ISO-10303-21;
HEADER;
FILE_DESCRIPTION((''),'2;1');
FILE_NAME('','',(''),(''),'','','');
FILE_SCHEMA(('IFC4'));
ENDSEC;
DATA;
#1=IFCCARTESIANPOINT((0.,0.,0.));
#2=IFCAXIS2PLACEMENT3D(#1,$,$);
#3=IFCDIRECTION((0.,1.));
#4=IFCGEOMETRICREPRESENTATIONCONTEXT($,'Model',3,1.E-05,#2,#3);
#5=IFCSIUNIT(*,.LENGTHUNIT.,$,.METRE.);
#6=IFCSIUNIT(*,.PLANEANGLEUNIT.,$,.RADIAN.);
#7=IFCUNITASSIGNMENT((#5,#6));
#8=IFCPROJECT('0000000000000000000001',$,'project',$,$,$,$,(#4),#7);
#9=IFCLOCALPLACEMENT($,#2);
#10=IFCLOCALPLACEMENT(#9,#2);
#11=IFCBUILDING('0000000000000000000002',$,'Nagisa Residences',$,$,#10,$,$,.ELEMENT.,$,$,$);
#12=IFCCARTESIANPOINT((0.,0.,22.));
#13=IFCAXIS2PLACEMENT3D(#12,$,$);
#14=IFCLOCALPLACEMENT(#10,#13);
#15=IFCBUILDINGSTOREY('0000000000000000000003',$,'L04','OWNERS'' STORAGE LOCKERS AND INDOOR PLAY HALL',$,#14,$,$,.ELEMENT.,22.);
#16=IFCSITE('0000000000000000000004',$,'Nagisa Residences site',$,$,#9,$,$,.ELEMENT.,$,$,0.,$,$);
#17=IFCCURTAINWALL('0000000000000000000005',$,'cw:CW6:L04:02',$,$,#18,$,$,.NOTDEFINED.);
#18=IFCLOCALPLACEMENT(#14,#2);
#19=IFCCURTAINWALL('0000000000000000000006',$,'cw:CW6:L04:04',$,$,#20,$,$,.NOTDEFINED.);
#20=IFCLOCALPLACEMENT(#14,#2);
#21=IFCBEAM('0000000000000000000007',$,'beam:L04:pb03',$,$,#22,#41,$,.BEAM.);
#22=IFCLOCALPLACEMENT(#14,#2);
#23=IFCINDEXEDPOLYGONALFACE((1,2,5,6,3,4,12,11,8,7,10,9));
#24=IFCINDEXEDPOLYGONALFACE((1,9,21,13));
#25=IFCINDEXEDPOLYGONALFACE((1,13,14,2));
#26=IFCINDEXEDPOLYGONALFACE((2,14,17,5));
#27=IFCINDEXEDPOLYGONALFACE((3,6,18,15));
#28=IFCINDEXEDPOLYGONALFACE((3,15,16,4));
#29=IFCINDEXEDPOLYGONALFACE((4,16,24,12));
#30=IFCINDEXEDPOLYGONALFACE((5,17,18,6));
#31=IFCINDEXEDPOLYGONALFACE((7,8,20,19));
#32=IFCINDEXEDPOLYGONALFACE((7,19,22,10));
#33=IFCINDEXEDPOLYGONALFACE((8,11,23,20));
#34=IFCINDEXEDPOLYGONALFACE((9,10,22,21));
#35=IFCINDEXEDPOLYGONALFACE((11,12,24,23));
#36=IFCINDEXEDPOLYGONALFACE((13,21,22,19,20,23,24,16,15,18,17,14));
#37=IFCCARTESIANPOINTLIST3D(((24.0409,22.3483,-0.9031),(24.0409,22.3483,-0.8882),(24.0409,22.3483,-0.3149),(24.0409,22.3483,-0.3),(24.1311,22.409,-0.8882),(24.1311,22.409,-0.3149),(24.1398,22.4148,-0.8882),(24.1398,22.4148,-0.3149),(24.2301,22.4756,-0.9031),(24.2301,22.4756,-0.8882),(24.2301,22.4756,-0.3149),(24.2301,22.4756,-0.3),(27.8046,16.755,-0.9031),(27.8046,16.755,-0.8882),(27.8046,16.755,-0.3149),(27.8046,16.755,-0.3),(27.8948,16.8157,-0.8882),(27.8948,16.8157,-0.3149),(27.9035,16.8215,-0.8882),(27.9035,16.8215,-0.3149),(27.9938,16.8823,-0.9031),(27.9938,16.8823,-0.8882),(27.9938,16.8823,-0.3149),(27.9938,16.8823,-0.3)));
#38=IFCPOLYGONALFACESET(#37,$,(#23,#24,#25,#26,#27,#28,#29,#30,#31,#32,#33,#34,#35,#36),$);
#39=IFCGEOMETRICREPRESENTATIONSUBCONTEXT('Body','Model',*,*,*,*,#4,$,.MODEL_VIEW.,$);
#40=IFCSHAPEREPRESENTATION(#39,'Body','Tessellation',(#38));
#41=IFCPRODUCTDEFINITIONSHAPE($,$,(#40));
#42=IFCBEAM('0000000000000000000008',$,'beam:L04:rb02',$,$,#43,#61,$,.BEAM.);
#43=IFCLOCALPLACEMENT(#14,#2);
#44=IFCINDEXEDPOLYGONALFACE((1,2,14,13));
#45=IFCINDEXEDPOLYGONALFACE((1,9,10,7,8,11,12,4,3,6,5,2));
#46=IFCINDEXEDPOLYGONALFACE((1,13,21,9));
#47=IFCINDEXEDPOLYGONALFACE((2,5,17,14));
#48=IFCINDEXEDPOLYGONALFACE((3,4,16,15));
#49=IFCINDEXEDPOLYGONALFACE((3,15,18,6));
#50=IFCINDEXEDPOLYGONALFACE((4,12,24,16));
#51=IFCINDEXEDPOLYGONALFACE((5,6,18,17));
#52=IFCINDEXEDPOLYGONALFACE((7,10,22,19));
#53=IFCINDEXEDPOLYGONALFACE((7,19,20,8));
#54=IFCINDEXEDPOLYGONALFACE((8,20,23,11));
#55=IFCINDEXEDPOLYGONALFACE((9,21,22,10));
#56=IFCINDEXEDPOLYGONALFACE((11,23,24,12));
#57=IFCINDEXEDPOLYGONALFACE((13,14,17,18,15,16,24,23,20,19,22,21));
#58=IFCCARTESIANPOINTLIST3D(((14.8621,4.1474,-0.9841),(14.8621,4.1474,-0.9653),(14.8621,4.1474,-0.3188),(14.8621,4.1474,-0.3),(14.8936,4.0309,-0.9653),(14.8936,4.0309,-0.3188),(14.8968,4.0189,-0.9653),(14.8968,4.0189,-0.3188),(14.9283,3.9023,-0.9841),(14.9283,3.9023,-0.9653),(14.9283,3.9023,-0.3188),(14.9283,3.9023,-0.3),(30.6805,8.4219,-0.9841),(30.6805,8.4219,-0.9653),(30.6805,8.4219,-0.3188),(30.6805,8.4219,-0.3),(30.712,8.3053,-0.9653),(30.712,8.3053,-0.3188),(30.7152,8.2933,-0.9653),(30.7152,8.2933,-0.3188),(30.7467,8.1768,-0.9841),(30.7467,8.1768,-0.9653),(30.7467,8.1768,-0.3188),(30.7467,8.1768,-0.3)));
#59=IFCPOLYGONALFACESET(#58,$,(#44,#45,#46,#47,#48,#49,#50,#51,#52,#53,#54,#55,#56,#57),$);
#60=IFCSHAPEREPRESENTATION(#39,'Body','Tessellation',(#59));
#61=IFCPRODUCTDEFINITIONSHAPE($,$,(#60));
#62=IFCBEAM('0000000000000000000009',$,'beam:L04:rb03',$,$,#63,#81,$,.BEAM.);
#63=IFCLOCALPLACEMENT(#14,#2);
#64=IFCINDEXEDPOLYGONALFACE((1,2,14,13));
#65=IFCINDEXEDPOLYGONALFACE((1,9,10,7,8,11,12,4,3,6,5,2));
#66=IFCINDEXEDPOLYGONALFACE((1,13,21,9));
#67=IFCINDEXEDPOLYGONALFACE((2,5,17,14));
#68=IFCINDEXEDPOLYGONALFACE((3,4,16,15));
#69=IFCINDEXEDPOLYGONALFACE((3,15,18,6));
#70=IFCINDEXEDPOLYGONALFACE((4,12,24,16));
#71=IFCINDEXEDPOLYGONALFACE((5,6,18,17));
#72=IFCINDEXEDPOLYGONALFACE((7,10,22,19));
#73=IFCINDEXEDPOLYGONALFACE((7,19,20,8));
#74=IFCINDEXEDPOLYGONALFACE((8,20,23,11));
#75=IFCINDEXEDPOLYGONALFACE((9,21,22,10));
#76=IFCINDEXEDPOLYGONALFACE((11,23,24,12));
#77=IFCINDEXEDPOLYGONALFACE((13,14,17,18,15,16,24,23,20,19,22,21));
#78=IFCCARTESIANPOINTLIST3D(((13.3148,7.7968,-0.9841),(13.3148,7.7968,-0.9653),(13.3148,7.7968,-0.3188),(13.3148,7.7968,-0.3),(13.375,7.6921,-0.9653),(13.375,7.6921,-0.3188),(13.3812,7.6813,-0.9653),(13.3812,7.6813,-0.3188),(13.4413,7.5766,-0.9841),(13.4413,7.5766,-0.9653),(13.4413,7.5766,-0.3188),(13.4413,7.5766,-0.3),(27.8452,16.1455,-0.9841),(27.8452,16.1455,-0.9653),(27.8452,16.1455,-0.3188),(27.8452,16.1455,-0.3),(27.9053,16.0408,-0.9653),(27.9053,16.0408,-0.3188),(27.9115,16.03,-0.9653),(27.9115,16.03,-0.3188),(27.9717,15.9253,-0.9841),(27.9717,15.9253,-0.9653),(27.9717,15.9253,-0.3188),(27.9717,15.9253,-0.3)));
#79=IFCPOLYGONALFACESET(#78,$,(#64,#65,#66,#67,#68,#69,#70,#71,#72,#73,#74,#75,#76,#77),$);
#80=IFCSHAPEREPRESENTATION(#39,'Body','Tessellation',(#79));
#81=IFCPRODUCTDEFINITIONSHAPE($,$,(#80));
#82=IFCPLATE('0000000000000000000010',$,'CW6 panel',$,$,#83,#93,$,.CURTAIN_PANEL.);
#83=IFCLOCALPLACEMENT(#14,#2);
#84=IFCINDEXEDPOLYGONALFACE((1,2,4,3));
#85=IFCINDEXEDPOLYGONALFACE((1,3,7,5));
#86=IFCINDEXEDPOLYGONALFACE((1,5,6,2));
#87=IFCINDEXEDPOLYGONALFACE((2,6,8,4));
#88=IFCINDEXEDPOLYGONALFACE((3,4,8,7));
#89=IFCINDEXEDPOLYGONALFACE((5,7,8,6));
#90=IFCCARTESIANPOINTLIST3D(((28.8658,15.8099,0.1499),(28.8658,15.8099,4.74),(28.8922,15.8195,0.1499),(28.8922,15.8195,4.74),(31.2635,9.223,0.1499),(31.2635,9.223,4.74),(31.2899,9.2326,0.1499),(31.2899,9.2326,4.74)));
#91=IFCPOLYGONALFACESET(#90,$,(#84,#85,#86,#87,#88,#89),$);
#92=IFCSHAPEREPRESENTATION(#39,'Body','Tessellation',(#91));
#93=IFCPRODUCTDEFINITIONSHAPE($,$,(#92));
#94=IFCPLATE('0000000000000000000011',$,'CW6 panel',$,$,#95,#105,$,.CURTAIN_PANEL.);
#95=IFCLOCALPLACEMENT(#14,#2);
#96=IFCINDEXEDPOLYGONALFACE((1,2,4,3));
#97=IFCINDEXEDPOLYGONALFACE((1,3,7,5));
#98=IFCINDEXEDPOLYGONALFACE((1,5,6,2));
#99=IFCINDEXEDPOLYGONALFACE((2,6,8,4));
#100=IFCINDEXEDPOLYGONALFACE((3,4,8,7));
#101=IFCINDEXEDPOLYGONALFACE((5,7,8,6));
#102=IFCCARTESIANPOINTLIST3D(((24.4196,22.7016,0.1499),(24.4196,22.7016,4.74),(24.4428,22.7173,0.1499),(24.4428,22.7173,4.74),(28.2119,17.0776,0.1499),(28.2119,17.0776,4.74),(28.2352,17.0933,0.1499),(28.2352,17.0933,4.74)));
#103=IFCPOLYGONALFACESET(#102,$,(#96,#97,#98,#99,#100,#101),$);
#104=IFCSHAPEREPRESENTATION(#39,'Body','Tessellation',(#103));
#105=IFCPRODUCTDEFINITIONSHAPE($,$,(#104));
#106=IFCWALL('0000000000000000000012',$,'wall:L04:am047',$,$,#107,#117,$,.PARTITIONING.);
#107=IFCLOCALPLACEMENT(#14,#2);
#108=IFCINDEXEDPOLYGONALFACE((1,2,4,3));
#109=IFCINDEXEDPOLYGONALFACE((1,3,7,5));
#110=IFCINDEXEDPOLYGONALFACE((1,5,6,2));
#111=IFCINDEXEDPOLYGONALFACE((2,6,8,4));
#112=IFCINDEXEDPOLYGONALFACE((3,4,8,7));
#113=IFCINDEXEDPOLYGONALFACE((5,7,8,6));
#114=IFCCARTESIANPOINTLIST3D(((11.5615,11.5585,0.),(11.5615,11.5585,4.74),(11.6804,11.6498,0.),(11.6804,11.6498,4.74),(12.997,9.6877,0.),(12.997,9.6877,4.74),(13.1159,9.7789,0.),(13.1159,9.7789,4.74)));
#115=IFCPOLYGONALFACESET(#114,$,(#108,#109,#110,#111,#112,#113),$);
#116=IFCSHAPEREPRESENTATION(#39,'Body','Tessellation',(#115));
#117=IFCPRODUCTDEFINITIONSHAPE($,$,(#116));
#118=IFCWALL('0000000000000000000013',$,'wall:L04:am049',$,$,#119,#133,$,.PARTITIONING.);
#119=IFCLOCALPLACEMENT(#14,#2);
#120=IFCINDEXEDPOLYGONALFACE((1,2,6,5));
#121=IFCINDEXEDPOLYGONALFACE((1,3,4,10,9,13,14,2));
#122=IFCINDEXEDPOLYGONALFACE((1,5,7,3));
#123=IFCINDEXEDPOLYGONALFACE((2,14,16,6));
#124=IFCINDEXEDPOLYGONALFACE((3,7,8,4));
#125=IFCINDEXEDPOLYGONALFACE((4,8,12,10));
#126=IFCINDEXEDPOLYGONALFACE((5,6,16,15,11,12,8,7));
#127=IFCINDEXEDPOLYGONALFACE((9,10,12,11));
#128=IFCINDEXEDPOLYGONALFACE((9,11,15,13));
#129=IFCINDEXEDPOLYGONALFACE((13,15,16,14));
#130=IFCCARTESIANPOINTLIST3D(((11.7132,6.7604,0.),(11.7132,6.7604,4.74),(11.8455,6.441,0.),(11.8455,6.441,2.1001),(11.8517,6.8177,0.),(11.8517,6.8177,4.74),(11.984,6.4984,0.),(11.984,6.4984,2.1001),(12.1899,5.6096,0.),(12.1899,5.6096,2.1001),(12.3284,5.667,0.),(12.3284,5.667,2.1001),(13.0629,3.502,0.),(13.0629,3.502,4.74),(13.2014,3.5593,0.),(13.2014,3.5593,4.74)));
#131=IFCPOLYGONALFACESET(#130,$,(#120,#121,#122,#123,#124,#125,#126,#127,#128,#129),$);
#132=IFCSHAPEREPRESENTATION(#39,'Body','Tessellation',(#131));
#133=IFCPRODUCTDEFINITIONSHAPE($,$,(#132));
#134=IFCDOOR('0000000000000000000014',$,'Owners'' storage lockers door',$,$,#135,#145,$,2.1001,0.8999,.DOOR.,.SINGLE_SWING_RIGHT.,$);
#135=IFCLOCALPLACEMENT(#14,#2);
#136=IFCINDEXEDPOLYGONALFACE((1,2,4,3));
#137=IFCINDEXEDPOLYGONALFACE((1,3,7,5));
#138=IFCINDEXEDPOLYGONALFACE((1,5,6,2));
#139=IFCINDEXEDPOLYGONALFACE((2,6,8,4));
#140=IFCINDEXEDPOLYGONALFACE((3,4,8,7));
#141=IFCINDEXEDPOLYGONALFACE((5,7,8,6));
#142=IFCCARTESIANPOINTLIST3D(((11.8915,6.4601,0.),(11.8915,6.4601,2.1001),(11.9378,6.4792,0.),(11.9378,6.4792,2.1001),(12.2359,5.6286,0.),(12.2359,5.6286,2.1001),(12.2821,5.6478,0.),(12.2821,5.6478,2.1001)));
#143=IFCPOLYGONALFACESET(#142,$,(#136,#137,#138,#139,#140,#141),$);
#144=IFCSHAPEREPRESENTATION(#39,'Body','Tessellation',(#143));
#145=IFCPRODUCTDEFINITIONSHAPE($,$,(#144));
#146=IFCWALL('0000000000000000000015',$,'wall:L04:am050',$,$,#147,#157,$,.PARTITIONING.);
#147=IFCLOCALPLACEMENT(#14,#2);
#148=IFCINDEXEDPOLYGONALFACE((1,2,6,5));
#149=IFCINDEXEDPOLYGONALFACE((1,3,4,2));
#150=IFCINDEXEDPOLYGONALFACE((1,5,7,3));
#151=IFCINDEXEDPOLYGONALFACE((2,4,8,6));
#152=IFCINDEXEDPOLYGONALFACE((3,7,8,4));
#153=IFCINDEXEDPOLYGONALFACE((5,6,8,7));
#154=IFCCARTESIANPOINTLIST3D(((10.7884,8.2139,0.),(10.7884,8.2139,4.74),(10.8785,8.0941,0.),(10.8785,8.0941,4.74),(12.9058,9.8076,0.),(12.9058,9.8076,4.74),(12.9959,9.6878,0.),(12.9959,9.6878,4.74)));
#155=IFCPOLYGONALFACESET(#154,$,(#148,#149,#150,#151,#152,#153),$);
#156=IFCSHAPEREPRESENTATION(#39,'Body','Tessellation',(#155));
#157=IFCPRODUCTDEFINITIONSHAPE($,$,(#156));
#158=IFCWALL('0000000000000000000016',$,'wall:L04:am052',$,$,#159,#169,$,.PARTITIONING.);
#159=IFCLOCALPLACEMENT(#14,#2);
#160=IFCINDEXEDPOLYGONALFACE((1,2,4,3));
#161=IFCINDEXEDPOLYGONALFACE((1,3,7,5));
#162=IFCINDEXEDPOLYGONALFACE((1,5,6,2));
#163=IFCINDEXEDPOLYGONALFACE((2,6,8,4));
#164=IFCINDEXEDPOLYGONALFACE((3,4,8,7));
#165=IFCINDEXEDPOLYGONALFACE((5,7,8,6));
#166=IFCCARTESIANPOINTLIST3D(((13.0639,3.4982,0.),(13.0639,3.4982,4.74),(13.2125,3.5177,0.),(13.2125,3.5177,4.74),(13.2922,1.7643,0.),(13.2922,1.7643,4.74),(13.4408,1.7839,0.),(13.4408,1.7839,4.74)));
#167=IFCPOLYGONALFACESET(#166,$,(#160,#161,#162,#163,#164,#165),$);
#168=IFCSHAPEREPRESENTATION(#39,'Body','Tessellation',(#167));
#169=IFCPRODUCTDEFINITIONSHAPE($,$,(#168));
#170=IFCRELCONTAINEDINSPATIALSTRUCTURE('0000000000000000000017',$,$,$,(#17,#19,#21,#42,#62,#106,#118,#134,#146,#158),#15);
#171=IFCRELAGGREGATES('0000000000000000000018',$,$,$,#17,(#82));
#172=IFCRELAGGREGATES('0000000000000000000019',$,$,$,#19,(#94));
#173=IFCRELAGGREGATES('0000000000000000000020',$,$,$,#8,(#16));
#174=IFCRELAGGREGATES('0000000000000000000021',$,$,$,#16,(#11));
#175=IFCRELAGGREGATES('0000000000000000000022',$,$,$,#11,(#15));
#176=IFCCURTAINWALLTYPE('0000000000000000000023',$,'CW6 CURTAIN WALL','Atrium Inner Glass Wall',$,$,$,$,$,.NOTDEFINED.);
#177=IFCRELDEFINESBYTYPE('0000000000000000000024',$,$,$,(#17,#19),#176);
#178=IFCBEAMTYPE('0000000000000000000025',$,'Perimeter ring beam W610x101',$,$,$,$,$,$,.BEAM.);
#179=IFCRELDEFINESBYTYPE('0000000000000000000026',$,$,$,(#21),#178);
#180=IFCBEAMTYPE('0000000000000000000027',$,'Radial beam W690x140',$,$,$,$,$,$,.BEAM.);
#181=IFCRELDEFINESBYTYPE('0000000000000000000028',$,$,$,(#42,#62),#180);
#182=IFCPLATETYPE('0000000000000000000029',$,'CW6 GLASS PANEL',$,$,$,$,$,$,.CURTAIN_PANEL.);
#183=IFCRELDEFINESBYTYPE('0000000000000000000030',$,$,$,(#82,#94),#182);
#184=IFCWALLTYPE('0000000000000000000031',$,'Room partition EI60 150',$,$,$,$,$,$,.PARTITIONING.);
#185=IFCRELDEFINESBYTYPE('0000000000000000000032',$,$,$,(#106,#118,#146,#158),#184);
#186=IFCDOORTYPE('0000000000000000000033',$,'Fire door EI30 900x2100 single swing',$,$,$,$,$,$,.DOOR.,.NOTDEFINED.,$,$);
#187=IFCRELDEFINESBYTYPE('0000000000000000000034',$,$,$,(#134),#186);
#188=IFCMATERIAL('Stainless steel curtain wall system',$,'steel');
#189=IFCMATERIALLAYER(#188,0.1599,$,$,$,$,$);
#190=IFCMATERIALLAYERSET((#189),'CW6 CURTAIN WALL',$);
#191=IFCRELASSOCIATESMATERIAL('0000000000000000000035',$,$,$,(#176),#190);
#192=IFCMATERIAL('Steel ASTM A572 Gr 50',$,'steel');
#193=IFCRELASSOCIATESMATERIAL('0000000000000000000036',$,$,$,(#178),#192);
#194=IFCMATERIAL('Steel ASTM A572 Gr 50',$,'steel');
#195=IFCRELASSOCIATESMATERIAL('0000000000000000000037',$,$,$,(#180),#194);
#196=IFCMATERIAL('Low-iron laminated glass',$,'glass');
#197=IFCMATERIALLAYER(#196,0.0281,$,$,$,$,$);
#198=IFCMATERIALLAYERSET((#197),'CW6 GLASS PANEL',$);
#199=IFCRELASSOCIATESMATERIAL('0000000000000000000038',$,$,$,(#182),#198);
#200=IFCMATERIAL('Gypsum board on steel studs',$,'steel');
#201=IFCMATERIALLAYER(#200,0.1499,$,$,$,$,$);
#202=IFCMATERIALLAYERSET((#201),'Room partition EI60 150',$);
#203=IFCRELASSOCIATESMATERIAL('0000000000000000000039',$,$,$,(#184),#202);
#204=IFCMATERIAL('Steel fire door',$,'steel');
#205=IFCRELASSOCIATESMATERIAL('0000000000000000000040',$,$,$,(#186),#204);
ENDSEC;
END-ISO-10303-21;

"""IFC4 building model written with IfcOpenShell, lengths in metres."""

from ifc_helpers import new_model, si_unit, direction, frame, frame_2d, origin, origin_2d, place, context, subcontext, project, spatial, rectangle, i_section, extrude, material, layer, layer_set, material_profile, profile_set, type_object, element, fill, aggregate, save


model = new_model("IFC4")

# Units and contexts
model_context = context("Model", 3, precision=1e-05, world=origin(), true_north=direction((0.0, 1.0)))
body_context = subcontext(model_context, "Body", "Model", "MODEL_VIEW")
ifc_project = project(units=[si_unit("LENGTHUNIT", "METRE"), si_unit("PLANEANGLEUNIT", "RADIAN")], contexts=[model_context])

# Site, building, storey
site_placement = place(None, origin())
site = spatial("IfcSite", under=ifc_project, at=site_placement, Name="Nagisa Residences site", CompositionType="ELEMENT", RefElevation=0.0)
building_placement = place(site_placement, origin())
building = spatial("IfcBuilding", under=site, at=building_placement, Name="Nagisa Residences", CompositionType="ELEMENT")
storey_placement = place(building_placement, frame((0.0, 0.0, 22.0)))
storey = spatial("IfcBuildingStorey", under=building, at=storey_placement, Name="L04", Description="OWNERS' STORAGE LOCKERS AND INDOOR PLAY HALL", CompositionType="ELEMENT", Elevation=22.0)

# Curtain wall
ifc_material_1 = material(Name="Stainless steel curtain wall system", Category="steel")
ifc_layer_1 = layer(ifc_material_1, 0.1599)
ifc_layer_set_1 = layer_set([ifc_layer_1], Name="CW6 CURTAIN WALL")
curtain_wall_type = type_object("IfcCurtainWallType", Name="CW6 CURTAIN WALL", Description="Atrium Inner Glass Wall", PredefinedType="NOTDEFINED", material=ifc_layer_set_1)
curtain_wall_1_placement = place(storey_placement, origin())
curtain_wall_1 = element("IfcCurtainWall", 1, at=curtain_wall_1_placement, inside=storey, type_object=curtain_wall_type, Name="cw:CW6:L04:02", PredefinedType="NOTDEFINED")

# Curtain wall
curtain_wall_2_placement = place(storey_placement, origin())
curtain_wall_2 = element("IfcCurtainWall", 2, at=curtain_wall_2_placement, inside=storey, type_object=curtain_wall_type, Name="cw:CW6:L04:04", PredefinedType="NOTDEFINED")

# Beams
ifc_material_2 = material(Name="Steel ASTM A572 Gr 50", Category="steel")
ifc_material_profile_1 = material_profile(ifc_material_2, i_section(OverallWidth=0.228, OverallDepth=0.603, WebThickness=0.0105, FlangeThickness=0.0149, at=origin_2d()), Name="W610x101")
ifc_profile_set_1 = profile_set([ifc_material_profile_1], Name="Steel ASTM A572 Gr 50")
beam_type_1 = type_object("IfcBeamType", Name="Perimeter ring beam W610x101", PredefinedType="BEAM", material=ifc_profile_set_1)
beam_1_placement = place(storey_placement, frame((27.8992, 16.8186, -0.6016), z_axis=(-0.558272, 0.829658, 0.0), x_axis=(-0.829658, -0.558272, 0.0)))
element("IfcBeam", 3, at=beam_1_placement, inside=storey, type_object=beam_type_1, Name="beam:L04:pb03", PredefinedType="BEAM", context=body_context, shape_type="SweptSolid", body=[
    extrude(i_section(OverallWidth=0.228, OverallDepth=0.603, WebThickness=0.0105, FlangeThickness=0.0149, at=origin_2d()), origin(), (0.0, 0.0, 1.0), 6.7417),
])
ifc_material_3 = material(Name="Steel ASTM A572 Gr 50", Category="steel")
ifc_material_profile_2 = material_profile(ifc_material_3, i_section(OverallWidth=0.2539, OverallDepth=0.6841, WebThickness=0.0125, FlangeThickness=0.0188, at=origin_2d()), Name="W690x140")
ifc_profile_set_2 = profile_set([ifc_material_profile_2], Name="Steel ASTM A572 Gr 50")
beam_type_2 = type_object("IfcBeamType", Name="Radial beam W690x140", PredefinedType="BEAM", material=ifc_profile_set_2)
beam_2_placement = place(storey_placement, frame((30.7136, 8.2993, -0.6421), z_axis=(-0.965376, -0.260862, 0.0), x_axis=(0.260862, -0.965376, 0.0)))
element("IfcBeam", 4, at=beam_2_placement, inside=storey, type_object=beam_type_2, Name="beam:L04:rb02", PredefinedType="BEAM", context=body_context, shape_type="SweptSolid", body=[
    extrude(i_section(OverallWidth=0.2539, OverallDepth=0.6841, WebThickness=0.0125, FlangeThickness=0.0188, at=origin_2d()), origin(), (0.0, 0.0, 1.0), 16.3857),
])
beam_3_placement = place(storey_placement, frame((27.9084, 16.0354, -0.6421), z_axis=(-0.867068, -0.49819, 0.0), x_axis=(0.49819, -0.867068, 0.0)))
element("IfcBeam", 5, at=beam_3_placement, inside=storey, type_object=beam_type_2, Name="beam:L04:rb03", PredefinedType="BEAM", context=body_context, shape_type="SweptSolid", body=[
    extrude(i_section(OverallWidth=0.2539, OverallDepth=0.6841, WebThickness=0.0125, FlangeThickness=0.0188, at=origin_2d()), origin(), (0.0, 0.0, 1.0), 16.7581),
])

# Plates
ifc_material_4 = material(Name="Low-iron laminated glass", Category="glass")
ifc_layer_2 = layer(ifc_material_4, 0.0281)
ifc_layer_set_2 = layer_set([ifc_layer_2], Name="CW6 GLASS PANEL")
plate_type = type_object("IfcPlateType", Name="CW6 GLASS PANEL", PredefinedType="CURTAIN_PANEL", material=ifc_layer_set_2)
plate_1_placement = place(storey_placement, frame((30.0779, 12.5212, 0.1499), z_axis=(0.0, 0.0, 1.0), x_axis=(-0.34205, 0.939682, 0.0)))
plate_1 = element("IfcPlate", 6, at=plate_1_placement, type_object=plate_type, Name="CW6 panel", PredefinedType="CURTAIN_PANEL", context=body_context, shape_type="SweptSolid", body=[
    extrude(rectangle(XDim=7.0098, YDim=0.0281, at=origin_2d()), origin(), (0.0, 0.0, 1.0), 4.5901),
])
aggregate(curtain_wall_1, [plate_1])
plate_2_placement = place(storey_placement, frame((26.3274, 19.8975, 0.1499), z_axis=(0.0, 0.0, 1.0), x_axis=(-0.559084, 0.829111, 0.0)))
plate_2 = element("IfcPlate", 7, at=plate_2_placement, type_object=plate_type, Name="CW6 panel", PredefinedType="CURTAIN_PANEL", context=body_context, shape_type="SweptSolid", body=[
    extrude(rectangle(XDim=6.7832, YDim=0.0281, at=origin_2d()), origin(), (0.0, 0.0, 1.0), 4.5901),
])
aggregate(curtain_wall_2, [plate_2])

# Wall
ifc_material_5 = material(Name="Gypsum board on steel studs", Category="steel")
ifc_layer_3 = layer(ifc_material_5, 0.1499)
ifc_layer_set_3 = layer_set([ifc_layer_3], Name="Room partition EI60 150")
wall_type = type_object("IfcWallType", Name="Room partition EI60 150", PredefinedType="PARTITIONING", material=ifc_layer_set_3)
wall_1_placement = place(storey_placement, frame((11.6208, 11.6042, 0.0), z_axis=(0.0, 0.0, 1.0), x_axis=(0.60876, -0.793355, 0.0)))
element("IfcWall", 8, at=wall_1_placement, inside=storey, type_object=wall_type, Name="wall:L04:am047", PredefinedType="PARTITIONING", context=body_context, shape_type="SweptSolid", body=[
    extrude(rectangle(XDim=2.3582, YDim=0.1499, at=frame_2d((1.1792, 0.0))), origin(), (0.0, 0.0, 1.0), 4.74),
])

# Wall, opening, door
wall_2_placement = place(storey_placement, frame((11.7825, 6.7891, 0.0), z_axis=(0.0, 0.0, 1.0), x_axis=(0.382678, -0.923882, 0.0)))
wall_2 = element("IfcWall", 9, at=wall_2_placement, inside=storey, type_object=wall_type, Name="wall:L04:am049", PredefinedType="PARTITIONING", context=body_context, shape_type="SweptSolid", body=[
    extrude(rectangle(XDim=3.5269, YDim=0.1499, at=frame_2d((1.7634, 0.0))), origin(), (0.0, 0.0, 1.0), 4.74),
])
opening_1_placement = place(wall_2_placement, frame((0.3457, 0.0, 0.0)))
opening_1 = element("IfcOpeningElement", 10, at=opening_1_placement, cuts=wall_2, PredefinedType="OPENING", context=body_context, shape_type="SweptSolid", body=[
    extrude(rectangle(XDim=0.8999, YDim=2.1001, at=frame_2d((0.45, 1.05))), frame((0.0, 0.085, 0.0), z_axis=(0.0, -1.0, 0.0), x_axis=(1.0, 0.0, 0.0)), (0.0, 0.0, 1.0), 0.1699),
])
ifc_material_6 = material(Name="Steel fire door", Category="steel")
door_type = type_object("IfcDoorType", Name="Fire door EI30 900x2100 single swing", OperationType="NOTDEFINED", PredefinedType="DOOR", material=ifc_material_6)
door_1_placement = place(opening_1_placement, origin())
door_1 = element("IfcDoor", 11, at=door_1_placement, inside=storey, type_object=door_type, Name="Owners' storage lockers door", OperationType="SINGLE_SWING_RIGHT", OverallHeight=2.1001, OverallWidth=0.8999, PredefinedType="DOOR", context=body_context, shape_type="SweptSolid", body=[
    extrude(rectangle(XDim=0.8999, YDim=2.1001, at=frame_2d((0.45, 1.05))), frame((0.0, 0.0249, 0.0), z_axis=(0.0, -1.0, 0.0), x_axis=(1.0, 0.0, 0.0)), (0.0, 0.0, 1.0), 0.05),
])
fill(opening_1, door_1)

# Walls
wall_3_placement = place(storey_placement, frame((12.9509, 9.7478, 0.0), z_axis=(0.0, 0.0, 1.0), x_axis=(-0.798971, -0.60137, 0.0)))
element("IfcWall", 12, at=wall_3_placement, inside=storey, type_object=wall_type, Name="wall:L04:am050", PredefinedType="PARTITIONING", context=body_context, shape_type="SweptSolid", body=[
    extrude(rectangle(XDim=2.6501, YDim=0.1499, at=frame_2d((1.3252, 0.0))), origin(), (0.0, 0.0, 1.0), 4.74),
])
wall_4_placement = place(storey_placement, frame((13.1382, 3.5081, 0.0), z_axis=(0.0, 0.0, 1.0), x_axis=(0.130527, -0.991445, 0.0)))
element("IfcWall", 13, at=wall_4_placement, inside=storey, type_object=wall_type, Name="wall:L04:am052", PredefinedType="PARTITIONING", context=body_context, shape_type="SweptSolid", body=[
    extrude(rectangle(XDim=1.7488, YDim=0.1499, at=frame_2d((0.8745, 0.0))), origin(), (0.0, 0.0, 1.0), 4.74),
])

save(model, "model.ifc")
